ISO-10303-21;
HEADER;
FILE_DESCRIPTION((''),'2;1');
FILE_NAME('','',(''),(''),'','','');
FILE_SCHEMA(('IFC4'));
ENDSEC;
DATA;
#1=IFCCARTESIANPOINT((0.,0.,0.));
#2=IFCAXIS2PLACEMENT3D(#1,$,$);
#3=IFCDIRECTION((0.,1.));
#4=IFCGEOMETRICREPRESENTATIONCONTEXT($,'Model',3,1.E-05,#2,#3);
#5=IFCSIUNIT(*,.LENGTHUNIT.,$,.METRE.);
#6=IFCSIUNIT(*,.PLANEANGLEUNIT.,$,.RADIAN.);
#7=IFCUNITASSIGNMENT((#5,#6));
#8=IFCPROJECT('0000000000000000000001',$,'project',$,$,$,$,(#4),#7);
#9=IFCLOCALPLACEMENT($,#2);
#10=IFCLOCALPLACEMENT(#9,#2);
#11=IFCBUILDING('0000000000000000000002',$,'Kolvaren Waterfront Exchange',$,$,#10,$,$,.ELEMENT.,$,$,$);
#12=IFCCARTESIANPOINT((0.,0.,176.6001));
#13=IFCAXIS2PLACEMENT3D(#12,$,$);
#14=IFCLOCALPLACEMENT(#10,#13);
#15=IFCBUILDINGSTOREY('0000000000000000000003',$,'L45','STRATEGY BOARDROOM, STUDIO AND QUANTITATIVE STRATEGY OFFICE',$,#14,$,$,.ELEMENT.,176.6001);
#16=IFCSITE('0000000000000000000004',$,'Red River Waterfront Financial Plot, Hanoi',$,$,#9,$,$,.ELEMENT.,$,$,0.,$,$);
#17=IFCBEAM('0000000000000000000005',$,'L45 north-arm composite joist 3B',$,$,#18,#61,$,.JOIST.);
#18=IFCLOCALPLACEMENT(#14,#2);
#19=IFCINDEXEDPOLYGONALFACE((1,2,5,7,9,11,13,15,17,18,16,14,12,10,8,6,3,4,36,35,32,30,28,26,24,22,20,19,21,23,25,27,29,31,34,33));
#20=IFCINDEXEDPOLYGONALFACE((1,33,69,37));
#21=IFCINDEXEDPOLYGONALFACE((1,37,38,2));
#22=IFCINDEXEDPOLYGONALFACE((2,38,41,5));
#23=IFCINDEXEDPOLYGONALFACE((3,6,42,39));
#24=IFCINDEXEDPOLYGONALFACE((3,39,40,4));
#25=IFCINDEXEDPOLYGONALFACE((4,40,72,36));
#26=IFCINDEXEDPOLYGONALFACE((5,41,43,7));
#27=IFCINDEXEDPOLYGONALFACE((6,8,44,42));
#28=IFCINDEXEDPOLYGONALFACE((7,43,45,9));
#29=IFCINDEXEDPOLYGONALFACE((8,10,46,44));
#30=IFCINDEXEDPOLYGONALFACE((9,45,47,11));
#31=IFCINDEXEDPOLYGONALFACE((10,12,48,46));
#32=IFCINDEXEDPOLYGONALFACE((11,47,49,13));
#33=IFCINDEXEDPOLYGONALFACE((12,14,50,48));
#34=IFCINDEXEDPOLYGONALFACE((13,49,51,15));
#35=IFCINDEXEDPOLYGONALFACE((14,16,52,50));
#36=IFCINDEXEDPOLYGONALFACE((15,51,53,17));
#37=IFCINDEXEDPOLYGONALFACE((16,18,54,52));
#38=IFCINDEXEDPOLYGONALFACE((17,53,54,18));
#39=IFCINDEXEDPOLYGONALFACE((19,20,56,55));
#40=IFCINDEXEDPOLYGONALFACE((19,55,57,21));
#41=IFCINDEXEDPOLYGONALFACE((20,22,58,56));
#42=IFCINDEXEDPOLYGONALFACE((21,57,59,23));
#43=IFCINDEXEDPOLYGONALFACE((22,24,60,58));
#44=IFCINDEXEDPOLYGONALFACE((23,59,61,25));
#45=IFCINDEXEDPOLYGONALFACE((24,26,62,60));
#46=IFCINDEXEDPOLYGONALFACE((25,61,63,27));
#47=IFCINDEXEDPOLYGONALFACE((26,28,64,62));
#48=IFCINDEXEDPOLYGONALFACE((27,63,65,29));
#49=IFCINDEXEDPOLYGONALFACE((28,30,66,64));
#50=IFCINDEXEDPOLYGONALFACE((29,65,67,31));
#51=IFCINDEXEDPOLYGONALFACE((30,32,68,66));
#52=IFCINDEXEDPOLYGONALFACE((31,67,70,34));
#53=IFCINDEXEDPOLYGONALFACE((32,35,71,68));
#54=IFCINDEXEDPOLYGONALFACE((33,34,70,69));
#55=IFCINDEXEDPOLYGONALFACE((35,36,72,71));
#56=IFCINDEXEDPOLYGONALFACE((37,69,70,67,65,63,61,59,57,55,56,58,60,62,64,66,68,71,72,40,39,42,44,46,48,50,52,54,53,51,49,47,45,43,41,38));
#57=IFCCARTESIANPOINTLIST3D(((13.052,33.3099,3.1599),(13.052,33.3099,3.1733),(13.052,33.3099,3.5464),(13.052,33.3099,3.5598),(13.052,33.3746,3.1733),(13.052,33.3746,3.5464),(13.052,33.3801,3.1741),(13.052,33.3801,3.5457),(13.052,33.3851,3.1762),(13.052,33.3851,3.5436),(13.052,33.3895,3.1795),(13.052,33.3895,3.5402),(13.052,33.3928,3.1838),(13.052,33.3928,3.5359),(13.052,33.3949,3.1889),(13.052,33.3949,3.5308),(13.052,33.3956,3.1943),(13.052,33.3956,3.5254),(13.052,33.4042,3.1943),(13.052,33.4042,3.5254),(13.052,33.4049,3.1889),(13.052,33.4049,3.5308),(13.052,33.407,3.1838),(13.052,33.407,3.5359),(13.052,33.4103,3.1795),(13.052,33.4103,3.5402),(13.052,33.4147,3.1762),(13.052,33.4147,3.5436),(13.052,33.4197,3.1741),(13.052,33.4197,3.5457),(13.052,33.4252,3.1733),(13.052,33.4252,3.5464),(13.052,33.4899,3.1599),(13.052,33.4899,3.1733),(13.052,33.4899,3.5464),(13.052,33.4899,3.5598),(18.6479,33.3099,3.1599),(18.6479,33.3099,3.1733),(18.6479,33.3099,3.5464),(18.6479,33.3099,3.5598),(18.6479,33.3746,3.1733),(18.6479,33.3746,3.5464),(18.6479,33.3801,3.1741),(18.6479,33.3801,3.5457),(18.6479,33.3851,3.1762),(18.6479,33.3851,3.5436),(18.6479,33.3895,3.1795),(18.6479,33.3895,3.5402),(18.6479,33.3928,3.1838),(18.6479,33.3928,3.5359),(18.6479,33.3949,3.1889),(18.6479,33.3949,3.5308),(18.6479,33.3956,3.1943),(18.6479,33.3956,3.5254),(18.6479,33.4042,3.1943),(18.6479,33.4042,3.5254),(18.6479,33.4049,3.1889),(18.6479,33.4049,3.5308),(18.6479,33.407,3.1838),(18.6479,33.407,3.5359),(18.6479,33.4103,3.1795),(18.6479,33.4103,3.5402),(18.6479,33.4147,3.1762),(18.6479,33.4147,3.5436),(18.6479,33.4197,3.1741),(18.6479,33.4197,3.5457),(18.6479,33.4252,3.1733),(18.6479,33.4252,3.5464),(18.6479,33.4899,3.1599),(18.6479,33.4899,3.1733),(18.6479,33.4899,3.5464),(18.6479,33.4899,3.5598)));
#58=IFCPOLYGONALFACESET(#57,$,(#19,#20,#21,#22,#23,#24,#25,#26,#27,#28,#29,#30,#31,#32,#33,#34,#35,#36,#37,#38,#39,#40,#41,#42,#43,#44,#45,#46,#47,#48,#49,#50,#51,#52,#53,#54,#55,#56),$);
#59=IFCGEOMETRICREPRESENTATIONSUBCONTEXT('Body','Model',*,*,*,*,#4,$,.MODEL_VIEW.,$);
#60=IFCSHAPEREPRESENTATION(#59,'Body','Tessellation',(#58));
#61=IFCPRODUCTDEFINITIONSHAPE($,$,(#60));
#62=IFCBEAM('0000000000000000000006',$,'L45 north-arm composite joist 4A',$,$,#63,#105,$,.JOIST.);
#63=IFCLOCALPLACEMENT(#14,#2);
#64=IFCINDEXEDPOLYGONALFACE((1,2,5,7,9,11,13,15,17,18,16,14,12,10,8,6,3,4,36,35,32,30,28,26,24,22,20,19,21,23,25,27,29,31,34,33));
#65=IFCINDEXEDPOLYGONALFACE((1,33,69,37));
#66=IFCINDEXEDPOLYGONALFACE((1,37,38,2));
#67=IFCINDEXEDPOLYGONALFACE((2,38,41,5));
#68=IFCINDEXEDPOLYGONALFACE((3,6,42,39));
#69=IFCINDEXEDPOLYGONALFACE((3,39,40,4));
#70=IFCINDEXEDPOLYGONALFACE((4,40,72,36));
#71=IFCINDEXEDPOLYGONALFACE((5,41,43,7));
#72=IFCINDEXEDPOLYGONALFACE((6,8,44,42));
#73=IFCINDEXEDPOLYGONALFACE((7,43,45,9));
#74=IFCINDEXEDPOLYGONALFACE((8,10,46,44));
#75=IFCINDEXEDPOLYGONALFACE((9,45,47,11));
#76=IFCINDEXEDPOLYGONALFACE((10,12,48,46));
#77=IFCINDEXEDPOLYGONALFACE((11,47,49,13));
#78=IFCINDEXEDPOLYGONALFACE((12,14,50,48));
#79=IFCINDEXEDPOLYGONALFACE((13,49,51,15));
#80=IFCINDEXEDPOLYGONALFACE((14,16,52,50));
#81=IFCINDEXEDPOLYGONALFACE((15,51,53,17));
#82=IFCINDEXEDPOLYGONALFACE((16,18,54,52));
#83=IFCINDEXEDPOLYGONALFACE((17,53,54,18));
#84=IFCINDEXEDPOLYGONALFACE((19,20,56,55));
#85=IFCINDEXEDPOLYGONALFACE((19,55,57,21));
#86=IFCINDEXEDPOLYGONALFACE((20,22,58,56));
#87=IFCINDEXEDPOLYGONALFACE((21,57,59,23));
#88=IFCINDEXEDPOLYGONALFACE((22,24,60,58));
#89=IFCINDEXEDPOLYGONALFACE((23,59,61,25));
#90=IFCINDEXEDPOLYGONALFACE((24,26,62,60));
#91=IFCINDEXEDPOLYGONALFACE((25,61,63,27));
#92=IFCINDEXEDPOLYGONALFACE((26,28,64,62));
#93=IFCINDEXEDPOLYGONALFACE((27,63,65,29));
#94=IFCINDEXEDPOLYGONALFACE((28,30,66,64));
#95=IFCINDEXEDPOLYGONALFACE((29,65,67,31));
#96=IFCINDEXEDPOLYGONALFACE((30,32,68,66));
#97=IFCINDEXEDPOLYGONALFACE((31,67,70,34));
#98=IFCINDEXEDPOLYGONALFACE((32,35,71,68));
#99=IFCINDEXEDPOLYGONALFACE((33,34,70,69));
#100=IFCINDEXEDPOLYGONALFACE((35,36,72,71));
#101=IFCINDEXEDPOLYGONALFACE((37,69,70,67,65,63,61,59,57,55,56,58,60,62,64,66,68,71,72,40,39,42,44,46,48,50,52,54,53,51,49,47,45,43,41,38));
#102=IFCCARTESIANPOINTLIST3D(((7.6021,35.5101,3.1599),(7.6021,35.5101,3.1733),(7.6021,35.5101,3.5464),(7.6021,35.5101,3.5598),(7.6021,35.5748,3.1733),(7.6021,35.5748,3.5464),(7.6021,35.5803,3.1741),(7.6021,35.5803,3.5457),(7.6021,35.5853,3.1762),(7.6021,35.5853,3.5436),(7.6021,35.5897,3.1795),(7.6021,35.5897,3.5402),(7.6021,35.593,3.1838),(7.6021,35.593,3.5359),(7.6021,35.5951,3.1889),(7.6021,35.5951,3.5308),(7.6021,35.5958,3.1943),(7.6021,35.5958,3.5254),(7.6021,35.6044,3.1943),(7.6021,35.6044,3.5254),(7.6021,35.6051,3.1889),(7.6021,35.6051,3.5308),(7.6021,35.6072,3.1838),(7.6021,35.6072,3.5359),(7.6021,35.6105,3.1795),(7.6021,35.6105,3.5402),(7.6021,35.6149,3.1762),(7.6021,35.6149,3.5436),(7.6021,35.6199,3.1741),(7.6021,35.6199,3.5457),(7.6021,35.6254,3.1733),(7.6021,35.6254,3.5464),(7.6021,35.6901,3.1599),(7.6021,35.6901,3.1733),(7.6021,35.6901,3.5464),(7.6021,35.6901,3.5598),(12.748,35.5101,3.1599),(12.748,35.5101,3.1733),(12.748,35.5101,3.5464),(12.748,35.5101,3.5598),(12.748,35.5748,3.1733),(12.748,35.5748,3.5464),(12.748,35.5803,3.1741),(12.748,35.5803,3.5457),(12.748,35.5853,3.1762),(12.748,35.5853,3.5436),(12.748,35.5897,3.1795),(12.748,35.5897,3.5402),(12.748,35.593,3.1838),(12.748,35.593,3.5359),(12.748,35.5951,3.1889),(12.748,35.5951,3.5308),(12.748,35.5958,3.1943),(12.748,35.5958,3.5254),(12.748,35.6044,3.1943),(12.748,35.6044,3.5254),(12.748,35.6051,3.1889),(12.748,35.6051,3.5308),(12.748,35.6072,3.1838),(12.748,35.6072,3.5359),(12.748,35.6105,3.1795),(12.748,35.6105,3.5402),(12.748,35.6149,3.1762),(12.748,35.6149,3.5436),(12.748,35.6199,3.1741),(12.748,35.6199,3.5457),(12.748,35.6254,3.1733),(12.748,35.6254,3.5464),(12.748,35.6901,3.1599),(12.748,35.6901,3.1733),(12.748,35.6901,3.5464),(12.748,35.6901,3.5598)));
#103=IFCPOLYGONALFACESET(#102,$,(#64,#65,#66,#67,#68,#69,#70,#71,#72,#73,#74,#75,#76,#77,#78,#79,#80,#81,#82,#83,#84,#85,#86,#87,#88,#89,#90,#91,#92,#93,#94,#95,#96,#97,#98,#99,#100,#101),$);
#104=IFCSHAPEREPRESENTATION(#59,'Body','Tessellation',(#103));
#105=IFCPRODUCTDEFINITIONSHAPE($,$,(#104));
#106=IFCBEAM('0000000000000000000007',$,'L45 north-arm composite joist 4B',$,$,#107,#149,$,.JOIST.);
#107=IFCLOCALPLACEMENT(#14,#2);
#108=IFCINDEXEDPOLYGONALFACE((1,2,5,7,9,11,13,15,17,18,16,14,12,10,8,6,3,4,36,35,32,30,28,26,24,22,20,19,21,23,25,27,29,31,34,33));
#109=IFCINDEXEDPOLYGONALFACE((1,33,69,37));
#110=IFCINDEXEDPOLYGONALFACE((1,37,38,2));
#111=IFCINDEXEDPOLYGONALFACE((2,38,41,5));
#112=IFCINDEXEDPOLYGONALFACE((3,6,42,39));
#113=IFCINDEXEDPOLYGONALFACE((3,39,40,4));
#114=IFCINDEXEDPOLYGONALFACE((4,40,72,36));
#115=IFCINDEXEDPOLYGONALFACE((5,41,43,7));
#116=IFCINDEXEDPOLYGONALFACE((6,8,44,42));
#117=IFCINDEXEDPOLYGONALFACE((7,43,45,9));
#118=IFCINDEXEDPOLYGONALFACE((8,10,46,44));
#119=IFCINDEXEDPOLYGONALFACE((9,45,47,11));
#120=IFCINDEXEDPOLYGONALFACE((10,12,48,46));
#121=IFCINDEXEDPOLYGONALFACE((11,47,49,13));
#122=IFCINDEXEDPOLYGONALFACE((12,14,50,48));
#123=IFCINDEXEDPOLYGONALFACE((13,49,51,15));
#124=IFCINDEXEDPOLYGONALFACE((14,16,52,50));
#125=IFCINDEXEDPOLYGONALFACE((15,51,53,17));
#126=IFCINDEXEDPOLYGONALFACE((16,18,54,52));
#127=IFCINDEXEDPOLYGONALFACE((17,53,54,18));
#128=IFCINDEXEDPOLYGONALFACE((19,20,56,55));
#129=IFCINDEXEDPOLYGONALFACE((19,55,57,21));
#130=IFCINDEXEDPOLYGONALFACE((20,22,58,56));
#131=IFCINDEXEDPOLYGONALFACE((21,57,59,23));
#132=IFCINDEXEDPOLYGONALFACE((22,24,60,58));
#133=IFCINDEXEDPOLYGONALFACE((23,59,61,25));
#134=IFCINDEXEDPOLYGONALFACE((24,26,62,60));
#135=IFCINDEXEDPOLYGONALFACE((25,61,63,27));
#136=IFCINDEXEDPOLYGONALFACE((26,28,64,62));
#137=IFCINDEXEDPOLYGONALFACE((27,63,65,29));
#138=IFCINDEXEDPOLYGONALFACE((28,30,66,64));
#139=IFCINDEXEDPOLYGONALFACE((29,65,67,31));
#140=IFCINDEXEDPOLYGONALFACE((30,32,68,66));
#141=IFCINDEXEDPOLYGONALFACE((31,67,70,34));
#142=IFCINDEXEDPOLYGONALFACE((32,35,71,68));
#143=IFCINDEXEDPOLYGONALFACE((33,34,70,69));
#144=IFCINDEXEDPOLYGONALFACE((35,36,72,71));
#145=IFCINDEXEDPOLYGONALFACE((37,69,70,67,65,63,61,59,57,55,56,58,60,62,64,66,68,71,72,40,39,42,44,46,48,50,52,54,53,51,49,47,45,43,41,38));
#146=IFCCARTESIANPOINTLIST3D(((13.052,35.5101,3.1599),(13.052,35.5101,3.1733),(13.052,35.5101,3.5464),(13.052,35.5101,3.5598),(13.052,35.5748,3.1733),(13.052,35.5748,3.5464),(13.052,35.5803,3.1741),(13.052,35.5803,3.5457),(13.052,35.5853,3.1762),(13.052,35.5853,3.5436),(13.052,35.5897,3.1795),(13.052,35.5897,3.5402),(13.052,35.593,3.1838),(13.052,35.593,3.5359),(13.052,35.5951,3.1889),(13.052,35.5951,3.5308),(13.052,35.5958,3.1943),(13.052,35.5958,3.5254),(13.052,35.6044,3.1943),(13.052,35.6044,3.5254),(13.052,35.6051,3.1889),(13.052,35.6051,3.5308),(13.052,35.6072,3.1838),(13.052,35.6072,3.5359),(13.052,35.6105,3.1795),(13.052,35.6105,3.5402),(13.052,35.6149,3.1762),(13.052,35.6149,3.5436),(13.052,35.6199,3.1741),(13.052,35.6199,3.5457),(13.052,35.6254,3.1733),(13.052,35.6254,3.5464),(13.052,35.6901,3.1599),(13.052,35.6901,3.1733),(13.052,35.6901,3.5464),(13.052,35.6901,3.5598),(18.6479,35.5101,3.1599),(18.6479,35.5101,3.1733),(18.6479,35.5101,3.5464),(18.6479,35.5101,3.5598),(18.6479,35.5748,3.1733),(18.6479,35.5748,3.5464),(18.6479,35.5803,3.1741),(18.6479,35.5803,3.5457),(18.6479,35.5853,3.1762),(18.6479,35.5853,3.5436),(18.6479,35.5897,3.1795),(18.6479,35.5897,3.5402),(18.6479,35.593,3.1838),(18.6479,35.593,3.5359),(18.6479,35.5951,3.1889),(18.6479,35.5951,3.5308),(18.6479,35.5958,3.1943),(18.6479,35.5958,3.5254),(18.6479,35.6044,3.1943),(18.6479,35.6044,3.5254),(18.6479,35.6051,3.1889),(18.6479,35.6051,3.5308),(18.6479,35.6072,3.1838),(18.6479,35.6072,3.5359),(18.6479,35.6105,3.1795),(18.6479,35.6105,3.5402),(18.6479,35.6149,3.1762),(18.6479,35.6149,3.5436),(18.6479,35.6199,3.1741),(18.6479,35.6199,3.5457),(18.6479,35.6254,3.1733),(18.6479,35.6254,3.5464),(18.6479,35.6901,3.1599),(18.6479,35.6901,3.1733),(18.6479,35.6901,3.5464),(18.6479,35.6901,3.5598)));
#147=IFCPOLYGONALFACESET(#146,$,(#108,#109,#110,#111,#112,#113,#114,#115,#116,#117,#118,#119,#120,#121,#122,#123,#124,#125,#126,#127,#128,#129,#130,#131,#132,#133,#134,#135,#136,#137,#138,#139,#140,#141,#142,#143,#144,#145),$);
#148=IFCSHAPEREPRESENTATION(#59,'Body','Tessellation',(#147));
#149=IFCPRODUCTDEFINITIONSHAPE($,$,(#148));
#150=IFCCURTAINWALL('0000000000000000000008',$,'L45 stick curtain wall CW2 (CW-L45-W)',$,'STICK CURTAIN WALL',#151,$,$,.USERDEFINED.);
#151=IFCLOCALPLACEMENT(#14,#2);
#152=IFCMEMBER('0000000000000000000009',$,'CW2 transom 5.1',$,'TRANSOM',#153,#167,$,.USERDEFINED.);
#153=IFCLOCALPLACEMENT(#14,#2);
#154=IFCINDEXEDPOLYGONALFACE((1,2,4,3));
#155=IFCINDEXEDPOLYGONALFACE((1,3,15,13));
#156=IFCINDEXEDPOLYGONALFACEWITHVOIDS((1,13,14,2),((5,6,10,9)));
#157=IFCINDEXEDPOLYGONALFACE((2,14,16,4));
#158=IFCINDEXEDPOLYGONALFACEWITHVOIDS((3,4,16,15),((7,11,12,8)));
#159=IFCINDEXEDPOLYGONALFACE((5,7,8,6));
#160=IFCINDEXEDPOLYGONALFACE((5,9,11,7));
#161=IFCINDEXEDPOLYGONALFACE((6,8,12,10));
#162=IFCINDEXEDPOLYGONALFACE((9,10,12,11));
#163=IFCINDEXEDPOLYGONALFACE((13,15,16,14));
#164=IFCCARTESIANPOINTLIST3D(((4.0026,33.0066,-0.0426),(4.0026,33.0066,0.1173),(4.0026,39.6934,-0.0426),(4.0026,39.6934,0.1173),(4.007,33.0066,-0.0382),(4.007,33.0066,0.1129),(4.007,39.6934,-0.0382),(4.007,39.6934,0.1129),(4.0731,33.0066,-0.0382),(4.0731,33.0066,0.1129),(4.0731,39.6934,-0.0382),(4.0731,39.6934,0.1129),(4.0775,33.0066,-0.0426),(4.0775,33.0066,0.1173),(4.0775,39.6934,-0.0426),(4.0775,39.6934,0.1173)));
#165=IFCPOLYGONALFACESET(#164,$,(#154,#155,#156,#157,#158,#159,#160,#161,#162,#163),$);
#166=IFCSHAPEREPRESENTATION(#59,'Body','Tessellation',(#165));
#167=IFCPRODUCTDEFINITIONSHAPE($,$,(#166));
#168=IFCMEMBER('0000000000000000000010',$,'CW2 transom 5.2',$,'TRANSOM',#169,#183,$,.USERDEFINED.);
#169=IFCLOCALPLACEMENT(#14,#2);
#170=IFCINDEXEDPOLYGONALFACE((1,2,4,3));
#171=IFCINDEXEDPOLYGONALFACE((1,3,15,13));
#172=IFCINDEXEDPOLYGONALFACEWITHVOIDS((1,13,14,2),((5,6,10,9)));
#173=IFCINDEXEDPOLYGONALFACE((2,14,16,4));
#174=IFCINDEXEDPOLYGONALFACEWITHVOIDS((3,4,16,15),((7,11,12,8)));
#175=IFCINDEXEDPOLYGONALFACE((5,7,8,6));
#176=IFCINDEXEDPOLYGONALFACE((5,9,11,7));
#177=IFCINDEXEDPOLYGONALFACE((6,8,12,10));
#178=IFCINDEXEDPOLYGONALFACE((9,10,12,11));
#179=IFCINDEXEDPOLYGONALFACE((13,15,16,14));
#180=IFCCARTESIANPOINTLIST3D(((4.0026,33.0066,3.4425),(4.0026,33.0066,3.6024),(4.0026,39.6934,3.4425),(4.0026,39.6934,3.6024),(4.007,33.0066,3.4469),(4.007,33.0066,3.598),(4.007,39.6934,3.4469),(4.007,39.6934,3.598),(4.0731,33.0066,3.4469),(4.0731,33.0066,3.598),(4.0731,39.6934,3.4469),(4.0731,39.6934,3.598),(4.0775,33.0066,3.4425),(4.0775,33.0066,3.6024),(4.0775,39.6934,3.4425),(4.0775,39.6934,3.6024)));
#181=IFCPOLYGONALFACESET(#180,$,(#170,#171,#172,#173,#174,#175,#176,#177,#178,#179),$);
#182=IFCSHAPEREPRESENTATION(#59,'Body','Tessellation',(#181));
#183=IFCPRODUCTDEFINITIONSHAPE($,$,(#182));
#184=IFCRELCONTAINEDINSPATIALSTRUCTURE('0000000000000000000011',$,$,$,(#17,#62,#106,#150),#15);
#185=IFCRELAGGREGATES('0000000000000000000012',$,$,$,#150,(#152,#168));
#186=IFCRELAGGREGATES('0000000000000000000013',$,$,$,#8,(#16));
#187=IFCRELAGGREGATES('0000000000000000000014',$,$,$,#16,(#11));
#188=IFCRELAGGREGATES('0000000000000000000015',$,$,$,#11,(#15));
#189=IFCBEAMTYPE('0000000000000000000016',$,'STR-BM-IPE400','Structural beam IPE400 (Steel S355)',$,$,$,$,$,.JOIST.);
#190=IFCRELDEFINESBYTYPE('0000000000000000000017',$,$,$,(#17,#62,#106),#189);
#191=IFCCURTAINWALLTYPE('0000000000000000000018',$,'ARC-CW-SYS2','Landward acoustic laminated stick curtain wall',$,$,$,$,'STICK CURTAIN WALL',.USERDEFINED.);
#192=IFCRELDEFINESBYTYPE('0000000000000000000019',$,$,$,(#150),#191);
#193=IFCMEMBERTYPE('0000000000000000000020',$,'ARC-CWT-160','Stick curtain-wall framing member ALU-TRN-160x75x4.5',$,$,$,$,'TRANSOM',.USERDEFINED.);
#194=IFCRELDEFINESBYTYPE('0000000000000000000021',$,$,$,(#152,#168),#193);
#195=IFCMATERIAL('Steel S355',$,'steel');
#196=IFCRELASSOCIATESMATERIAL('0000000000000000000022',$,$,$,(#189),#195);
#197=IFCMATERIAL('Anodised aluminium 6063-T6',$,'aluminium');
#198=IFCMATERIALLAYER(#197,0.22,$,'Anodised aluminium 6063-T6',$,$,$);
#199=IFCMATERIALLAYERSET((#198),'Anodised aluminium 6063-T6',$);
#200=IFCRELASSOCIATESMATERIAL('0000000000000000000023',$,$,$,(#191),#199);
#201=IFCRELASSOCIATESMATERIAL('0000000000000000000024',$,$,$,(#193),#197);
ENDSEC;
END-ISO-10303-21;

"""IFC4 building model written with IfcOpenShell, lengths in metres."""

from ifc_helpers import new_model, si_unit, direction, frame, origin, origin_with_axes, origin_2d, place, context, subcontext, project, spatial, hollow_rectangle, i_section, extrude, source, transform, mapped, material, layer, layer_set, material_profile, profile_set, type_object, element, aggregate, save


model = new_model("IFC4")

# Units and contexts
model_context = context("Model", 3, precision=1e-05, world=origin(), true_north=direction((0.0, 1.0)))
body_context = subcontext(model_context, "Body", "Model", "MODEL_VIEW")
ifc_project = project(units=[si_unit("LENGTHUNIT", "METRE"), si_unit("PLANEANGLEUNIT", "RADIAN")], contexts=[model_context])

# Site, building, storey
site_placement = place(None, origin())
site = spatial("IfcSite", under=ifc_project, at=site_placement, Name="Red River Waterfront Financial Plot, Hanoi", CompositionType="ELEMENT", RefElevation=0.0)
building_placement = place(site_placement, origin())
building = spatial("IfcBuilding", under=site, at=building_placement, Name="Kolvaren Waterfront Exchange", CompositionType="ELEMENT")
storey_placement = place(building_placement, frame((0.0, 0.0, 176.6001)))
storey = spatial("IfcBuildingStorey", under=building, at=storey_placement, Name="L45", Description="STRATEGY BOARDROOM, STUDIO AND QUANTITATIVE STRATEGY OFFICE", CompositionType="ELEMENT", Elevation=176.6001)

# Beams
ifc_material_1 = material(Name="Steel S355", Category="steel")
ifc_material_profile_1 = material_profile(ifc_material_1, i_section(OverallWidth=0.1799, OverallDepth=0.3999, WebThickness=0.0085, FlangeThickness=0.0134, FilletRadius=0.021, at=origin_2d()), Name="IPE400")
ifc_profile_set_1 = profile_set([ifc_material_profile_1], Name="Steel S355")
beam_type_1 = type_object("IfcBeamType", Name="STR-BM-IPE400", Description="Structural beam IPE400 (Steel S355)", PredefinedType="JOIST", material=ifc_profile_set_1)
beam_1_placement = place(storey_placement, frame((13.052, 33.3999, 3.3599), z_axis=(1.0, 0.0, 0.0), x_axis=(0.0, 1.0, 0.0)))
element("IfcBeam", 1, at=beam_1_placement, inside=storey, type_object=beam_type_1, Name="L45 north-arm composite joist 3B", PredefinedType="JOIST", context=body_context, shape_type="SweptSolid", body=[
    extrude(i_section(OverallWidth=0.1799, OverallDepth=0.3999, WebThickness=0.0085, FlangeThickness=0.0134, FilletRadius=0.021, at=origin_2d()), origin(), (0.0, 0.0, 1.0), 5.5959),
])
beam_2_placement = place(storey_placement, frame((7.6021, 35.6001, 3.3599), z_axis=(1.0, 0.0, 0.0), x_axis=(0.0, 1.0, 0.0)))
element("IfcBeam", 2, at=beam_2_placement, inside=storey, type_object=beam_type_1, Name="L45 north-arm composite joist 4A", PredefinedType="JOIST", context=body_context, shape_type="SweptSolid", body=[
    extrude(i_section(OverallWidth=0.1799, OverallDepth=0.3999, WebThickness=0.0085, FlangeThickness=0.0134, FilletRadius=0.021, at=origin_2d()), origin(), (0.0, 0.0, 1.0), 5.146),
])
beam_3_placement = place(storey_placement, frame((13.052, 35.6001, 3.3599), z_axis=(1.0, 0.0, 0.0), x_axis=(0.0, 1.0, 0.0)))
element("IfcBeam", 3, at=beam_3_placement, inside=storey, type_object=beam_type_1, Name="L45 north-arm composite joist 4B", PredefinedType="JOIST", context=body_context, shape_type="SweptSolid", body=[
    extrude(i_section(OverallWidth=0.1799, OverallDepth=0.3999, WebThickness=0.0085, FlangeThickness=0.0134, FilletRadius=0.021, at=origin_2d()), origin(), (0.0, 0.0, 1.0), 5.5959),
])

# Curtain wall, members
ifc_material_2 = material(Name="Anodised aluminium 6063-T6", Category="aluminium")
ifc_layer_1 = layer(ifc_material_2, 0.22, Name="Anodised aluminium 6063-T6")
ifc_layer_set_1 = layer_set([ifc_layer_1], Name="Anodised aluminium 6063-T6")
curtain_wall_type = type_object("IfcCurtainWallType", Name="ARC-CW-SYS2", Description="Landward acoustic laminated stick curtain wall", ElementType="STICK CURTAIN WALL", PredefinedType="USERDEFINED", material=ifc_layer_set_1)
curtain_wall_placement = place(storey_placement, origin())
curtain_wall = element("IfcCurtainWall", 4, at=curtain_wall_placement, inside=storey, type_object=curtain_wall_type, Name="L45 stick curtain wall CW2 (CW-L45-W)", ObjectType="STICK CURTAIN WALL", PredefinedType="USERDEFINED")
ifc_material_profile_2 = material_profile(ifc_material_2, hollow_rectangle(XDim=0.075, YDim=0.1599, WallThickness=0.0044, at=origin_2d()), Name="ALU-TRN-160x75x4.5")
ifc_profile_set_2 = profile_set([ifc_material_profile_2], Name="Anodised aluminium 6063-T6")
member_type_1 = type_object("IfcMemberType", Name="ARC-CWT-160", Description="Stick curtain-wall framing member ALU-TRN-160x75x4.5", ElementType="TRANSOM", PredefinedType="USERDEFINED", material=ifc_profile_set_2)
shared_shape_1 = source(origin_with_axes(), body_context, "Body", "SweptSolid", [
    extrude(hollow_rectangle(XDim=0.075, YDim=0.1599, WallThickness=0.0044, at=origin_2d()), origin(), (0.0, 0.0, 1.0), 6.6868),
])
member_1_placement = place(storey_placement, frame((4.04, 33.0066, 0.0374), z_axis=(0.0, 1.0, 0.0), x_axis=(-1.0, 0.0, 0.0)))
member_1 = element("IfcMember", 5, at=member_1_placement, type_object=member_type_1, Name="CW2 transom 5.1", ObjectType="TRANSOM", PredefinedType="USERDEFINED", context=body_context, shape_type="MappedRepresentation", body=[
    mapped(shared_shape_1, transform((0.0, 0.0, 0.0), x_axis=(1.0, 0.0, 0.0), y_axis=(0.0, 1.0, 0.0), z_axis=(0.0, 0.0, 1.0), scale=1.0)),
])
member_2_placement = place(storey_placement, frame((4.04, 33.0066, 3.5225), z_axis=(0.0, 1.0, 0.0), x_axis=(-1.0, 0.0, 0.0)))
member_2 = element("IfcMember", 6, at=member_2_placement, type_object=member_type_1, Name="CW2 transom 5.2", ObjectType="TRANSOM", PredefinedType="USERDEFINED", context=body_context, shape_type="MappedRepresentation", body=[
    mapped(shared_shape_1, transform((0.0, 0.0, 0.0), x_axis=(1.0, 0.0, 0.0), y_axis=(0.0, 1.0, 0.0), z_axis=(0.0, 0.0, 1.0), scale=1.0)),
])
aggregate(curtain_wall, [member_1, member_2])

save(model, "model.ifc")
